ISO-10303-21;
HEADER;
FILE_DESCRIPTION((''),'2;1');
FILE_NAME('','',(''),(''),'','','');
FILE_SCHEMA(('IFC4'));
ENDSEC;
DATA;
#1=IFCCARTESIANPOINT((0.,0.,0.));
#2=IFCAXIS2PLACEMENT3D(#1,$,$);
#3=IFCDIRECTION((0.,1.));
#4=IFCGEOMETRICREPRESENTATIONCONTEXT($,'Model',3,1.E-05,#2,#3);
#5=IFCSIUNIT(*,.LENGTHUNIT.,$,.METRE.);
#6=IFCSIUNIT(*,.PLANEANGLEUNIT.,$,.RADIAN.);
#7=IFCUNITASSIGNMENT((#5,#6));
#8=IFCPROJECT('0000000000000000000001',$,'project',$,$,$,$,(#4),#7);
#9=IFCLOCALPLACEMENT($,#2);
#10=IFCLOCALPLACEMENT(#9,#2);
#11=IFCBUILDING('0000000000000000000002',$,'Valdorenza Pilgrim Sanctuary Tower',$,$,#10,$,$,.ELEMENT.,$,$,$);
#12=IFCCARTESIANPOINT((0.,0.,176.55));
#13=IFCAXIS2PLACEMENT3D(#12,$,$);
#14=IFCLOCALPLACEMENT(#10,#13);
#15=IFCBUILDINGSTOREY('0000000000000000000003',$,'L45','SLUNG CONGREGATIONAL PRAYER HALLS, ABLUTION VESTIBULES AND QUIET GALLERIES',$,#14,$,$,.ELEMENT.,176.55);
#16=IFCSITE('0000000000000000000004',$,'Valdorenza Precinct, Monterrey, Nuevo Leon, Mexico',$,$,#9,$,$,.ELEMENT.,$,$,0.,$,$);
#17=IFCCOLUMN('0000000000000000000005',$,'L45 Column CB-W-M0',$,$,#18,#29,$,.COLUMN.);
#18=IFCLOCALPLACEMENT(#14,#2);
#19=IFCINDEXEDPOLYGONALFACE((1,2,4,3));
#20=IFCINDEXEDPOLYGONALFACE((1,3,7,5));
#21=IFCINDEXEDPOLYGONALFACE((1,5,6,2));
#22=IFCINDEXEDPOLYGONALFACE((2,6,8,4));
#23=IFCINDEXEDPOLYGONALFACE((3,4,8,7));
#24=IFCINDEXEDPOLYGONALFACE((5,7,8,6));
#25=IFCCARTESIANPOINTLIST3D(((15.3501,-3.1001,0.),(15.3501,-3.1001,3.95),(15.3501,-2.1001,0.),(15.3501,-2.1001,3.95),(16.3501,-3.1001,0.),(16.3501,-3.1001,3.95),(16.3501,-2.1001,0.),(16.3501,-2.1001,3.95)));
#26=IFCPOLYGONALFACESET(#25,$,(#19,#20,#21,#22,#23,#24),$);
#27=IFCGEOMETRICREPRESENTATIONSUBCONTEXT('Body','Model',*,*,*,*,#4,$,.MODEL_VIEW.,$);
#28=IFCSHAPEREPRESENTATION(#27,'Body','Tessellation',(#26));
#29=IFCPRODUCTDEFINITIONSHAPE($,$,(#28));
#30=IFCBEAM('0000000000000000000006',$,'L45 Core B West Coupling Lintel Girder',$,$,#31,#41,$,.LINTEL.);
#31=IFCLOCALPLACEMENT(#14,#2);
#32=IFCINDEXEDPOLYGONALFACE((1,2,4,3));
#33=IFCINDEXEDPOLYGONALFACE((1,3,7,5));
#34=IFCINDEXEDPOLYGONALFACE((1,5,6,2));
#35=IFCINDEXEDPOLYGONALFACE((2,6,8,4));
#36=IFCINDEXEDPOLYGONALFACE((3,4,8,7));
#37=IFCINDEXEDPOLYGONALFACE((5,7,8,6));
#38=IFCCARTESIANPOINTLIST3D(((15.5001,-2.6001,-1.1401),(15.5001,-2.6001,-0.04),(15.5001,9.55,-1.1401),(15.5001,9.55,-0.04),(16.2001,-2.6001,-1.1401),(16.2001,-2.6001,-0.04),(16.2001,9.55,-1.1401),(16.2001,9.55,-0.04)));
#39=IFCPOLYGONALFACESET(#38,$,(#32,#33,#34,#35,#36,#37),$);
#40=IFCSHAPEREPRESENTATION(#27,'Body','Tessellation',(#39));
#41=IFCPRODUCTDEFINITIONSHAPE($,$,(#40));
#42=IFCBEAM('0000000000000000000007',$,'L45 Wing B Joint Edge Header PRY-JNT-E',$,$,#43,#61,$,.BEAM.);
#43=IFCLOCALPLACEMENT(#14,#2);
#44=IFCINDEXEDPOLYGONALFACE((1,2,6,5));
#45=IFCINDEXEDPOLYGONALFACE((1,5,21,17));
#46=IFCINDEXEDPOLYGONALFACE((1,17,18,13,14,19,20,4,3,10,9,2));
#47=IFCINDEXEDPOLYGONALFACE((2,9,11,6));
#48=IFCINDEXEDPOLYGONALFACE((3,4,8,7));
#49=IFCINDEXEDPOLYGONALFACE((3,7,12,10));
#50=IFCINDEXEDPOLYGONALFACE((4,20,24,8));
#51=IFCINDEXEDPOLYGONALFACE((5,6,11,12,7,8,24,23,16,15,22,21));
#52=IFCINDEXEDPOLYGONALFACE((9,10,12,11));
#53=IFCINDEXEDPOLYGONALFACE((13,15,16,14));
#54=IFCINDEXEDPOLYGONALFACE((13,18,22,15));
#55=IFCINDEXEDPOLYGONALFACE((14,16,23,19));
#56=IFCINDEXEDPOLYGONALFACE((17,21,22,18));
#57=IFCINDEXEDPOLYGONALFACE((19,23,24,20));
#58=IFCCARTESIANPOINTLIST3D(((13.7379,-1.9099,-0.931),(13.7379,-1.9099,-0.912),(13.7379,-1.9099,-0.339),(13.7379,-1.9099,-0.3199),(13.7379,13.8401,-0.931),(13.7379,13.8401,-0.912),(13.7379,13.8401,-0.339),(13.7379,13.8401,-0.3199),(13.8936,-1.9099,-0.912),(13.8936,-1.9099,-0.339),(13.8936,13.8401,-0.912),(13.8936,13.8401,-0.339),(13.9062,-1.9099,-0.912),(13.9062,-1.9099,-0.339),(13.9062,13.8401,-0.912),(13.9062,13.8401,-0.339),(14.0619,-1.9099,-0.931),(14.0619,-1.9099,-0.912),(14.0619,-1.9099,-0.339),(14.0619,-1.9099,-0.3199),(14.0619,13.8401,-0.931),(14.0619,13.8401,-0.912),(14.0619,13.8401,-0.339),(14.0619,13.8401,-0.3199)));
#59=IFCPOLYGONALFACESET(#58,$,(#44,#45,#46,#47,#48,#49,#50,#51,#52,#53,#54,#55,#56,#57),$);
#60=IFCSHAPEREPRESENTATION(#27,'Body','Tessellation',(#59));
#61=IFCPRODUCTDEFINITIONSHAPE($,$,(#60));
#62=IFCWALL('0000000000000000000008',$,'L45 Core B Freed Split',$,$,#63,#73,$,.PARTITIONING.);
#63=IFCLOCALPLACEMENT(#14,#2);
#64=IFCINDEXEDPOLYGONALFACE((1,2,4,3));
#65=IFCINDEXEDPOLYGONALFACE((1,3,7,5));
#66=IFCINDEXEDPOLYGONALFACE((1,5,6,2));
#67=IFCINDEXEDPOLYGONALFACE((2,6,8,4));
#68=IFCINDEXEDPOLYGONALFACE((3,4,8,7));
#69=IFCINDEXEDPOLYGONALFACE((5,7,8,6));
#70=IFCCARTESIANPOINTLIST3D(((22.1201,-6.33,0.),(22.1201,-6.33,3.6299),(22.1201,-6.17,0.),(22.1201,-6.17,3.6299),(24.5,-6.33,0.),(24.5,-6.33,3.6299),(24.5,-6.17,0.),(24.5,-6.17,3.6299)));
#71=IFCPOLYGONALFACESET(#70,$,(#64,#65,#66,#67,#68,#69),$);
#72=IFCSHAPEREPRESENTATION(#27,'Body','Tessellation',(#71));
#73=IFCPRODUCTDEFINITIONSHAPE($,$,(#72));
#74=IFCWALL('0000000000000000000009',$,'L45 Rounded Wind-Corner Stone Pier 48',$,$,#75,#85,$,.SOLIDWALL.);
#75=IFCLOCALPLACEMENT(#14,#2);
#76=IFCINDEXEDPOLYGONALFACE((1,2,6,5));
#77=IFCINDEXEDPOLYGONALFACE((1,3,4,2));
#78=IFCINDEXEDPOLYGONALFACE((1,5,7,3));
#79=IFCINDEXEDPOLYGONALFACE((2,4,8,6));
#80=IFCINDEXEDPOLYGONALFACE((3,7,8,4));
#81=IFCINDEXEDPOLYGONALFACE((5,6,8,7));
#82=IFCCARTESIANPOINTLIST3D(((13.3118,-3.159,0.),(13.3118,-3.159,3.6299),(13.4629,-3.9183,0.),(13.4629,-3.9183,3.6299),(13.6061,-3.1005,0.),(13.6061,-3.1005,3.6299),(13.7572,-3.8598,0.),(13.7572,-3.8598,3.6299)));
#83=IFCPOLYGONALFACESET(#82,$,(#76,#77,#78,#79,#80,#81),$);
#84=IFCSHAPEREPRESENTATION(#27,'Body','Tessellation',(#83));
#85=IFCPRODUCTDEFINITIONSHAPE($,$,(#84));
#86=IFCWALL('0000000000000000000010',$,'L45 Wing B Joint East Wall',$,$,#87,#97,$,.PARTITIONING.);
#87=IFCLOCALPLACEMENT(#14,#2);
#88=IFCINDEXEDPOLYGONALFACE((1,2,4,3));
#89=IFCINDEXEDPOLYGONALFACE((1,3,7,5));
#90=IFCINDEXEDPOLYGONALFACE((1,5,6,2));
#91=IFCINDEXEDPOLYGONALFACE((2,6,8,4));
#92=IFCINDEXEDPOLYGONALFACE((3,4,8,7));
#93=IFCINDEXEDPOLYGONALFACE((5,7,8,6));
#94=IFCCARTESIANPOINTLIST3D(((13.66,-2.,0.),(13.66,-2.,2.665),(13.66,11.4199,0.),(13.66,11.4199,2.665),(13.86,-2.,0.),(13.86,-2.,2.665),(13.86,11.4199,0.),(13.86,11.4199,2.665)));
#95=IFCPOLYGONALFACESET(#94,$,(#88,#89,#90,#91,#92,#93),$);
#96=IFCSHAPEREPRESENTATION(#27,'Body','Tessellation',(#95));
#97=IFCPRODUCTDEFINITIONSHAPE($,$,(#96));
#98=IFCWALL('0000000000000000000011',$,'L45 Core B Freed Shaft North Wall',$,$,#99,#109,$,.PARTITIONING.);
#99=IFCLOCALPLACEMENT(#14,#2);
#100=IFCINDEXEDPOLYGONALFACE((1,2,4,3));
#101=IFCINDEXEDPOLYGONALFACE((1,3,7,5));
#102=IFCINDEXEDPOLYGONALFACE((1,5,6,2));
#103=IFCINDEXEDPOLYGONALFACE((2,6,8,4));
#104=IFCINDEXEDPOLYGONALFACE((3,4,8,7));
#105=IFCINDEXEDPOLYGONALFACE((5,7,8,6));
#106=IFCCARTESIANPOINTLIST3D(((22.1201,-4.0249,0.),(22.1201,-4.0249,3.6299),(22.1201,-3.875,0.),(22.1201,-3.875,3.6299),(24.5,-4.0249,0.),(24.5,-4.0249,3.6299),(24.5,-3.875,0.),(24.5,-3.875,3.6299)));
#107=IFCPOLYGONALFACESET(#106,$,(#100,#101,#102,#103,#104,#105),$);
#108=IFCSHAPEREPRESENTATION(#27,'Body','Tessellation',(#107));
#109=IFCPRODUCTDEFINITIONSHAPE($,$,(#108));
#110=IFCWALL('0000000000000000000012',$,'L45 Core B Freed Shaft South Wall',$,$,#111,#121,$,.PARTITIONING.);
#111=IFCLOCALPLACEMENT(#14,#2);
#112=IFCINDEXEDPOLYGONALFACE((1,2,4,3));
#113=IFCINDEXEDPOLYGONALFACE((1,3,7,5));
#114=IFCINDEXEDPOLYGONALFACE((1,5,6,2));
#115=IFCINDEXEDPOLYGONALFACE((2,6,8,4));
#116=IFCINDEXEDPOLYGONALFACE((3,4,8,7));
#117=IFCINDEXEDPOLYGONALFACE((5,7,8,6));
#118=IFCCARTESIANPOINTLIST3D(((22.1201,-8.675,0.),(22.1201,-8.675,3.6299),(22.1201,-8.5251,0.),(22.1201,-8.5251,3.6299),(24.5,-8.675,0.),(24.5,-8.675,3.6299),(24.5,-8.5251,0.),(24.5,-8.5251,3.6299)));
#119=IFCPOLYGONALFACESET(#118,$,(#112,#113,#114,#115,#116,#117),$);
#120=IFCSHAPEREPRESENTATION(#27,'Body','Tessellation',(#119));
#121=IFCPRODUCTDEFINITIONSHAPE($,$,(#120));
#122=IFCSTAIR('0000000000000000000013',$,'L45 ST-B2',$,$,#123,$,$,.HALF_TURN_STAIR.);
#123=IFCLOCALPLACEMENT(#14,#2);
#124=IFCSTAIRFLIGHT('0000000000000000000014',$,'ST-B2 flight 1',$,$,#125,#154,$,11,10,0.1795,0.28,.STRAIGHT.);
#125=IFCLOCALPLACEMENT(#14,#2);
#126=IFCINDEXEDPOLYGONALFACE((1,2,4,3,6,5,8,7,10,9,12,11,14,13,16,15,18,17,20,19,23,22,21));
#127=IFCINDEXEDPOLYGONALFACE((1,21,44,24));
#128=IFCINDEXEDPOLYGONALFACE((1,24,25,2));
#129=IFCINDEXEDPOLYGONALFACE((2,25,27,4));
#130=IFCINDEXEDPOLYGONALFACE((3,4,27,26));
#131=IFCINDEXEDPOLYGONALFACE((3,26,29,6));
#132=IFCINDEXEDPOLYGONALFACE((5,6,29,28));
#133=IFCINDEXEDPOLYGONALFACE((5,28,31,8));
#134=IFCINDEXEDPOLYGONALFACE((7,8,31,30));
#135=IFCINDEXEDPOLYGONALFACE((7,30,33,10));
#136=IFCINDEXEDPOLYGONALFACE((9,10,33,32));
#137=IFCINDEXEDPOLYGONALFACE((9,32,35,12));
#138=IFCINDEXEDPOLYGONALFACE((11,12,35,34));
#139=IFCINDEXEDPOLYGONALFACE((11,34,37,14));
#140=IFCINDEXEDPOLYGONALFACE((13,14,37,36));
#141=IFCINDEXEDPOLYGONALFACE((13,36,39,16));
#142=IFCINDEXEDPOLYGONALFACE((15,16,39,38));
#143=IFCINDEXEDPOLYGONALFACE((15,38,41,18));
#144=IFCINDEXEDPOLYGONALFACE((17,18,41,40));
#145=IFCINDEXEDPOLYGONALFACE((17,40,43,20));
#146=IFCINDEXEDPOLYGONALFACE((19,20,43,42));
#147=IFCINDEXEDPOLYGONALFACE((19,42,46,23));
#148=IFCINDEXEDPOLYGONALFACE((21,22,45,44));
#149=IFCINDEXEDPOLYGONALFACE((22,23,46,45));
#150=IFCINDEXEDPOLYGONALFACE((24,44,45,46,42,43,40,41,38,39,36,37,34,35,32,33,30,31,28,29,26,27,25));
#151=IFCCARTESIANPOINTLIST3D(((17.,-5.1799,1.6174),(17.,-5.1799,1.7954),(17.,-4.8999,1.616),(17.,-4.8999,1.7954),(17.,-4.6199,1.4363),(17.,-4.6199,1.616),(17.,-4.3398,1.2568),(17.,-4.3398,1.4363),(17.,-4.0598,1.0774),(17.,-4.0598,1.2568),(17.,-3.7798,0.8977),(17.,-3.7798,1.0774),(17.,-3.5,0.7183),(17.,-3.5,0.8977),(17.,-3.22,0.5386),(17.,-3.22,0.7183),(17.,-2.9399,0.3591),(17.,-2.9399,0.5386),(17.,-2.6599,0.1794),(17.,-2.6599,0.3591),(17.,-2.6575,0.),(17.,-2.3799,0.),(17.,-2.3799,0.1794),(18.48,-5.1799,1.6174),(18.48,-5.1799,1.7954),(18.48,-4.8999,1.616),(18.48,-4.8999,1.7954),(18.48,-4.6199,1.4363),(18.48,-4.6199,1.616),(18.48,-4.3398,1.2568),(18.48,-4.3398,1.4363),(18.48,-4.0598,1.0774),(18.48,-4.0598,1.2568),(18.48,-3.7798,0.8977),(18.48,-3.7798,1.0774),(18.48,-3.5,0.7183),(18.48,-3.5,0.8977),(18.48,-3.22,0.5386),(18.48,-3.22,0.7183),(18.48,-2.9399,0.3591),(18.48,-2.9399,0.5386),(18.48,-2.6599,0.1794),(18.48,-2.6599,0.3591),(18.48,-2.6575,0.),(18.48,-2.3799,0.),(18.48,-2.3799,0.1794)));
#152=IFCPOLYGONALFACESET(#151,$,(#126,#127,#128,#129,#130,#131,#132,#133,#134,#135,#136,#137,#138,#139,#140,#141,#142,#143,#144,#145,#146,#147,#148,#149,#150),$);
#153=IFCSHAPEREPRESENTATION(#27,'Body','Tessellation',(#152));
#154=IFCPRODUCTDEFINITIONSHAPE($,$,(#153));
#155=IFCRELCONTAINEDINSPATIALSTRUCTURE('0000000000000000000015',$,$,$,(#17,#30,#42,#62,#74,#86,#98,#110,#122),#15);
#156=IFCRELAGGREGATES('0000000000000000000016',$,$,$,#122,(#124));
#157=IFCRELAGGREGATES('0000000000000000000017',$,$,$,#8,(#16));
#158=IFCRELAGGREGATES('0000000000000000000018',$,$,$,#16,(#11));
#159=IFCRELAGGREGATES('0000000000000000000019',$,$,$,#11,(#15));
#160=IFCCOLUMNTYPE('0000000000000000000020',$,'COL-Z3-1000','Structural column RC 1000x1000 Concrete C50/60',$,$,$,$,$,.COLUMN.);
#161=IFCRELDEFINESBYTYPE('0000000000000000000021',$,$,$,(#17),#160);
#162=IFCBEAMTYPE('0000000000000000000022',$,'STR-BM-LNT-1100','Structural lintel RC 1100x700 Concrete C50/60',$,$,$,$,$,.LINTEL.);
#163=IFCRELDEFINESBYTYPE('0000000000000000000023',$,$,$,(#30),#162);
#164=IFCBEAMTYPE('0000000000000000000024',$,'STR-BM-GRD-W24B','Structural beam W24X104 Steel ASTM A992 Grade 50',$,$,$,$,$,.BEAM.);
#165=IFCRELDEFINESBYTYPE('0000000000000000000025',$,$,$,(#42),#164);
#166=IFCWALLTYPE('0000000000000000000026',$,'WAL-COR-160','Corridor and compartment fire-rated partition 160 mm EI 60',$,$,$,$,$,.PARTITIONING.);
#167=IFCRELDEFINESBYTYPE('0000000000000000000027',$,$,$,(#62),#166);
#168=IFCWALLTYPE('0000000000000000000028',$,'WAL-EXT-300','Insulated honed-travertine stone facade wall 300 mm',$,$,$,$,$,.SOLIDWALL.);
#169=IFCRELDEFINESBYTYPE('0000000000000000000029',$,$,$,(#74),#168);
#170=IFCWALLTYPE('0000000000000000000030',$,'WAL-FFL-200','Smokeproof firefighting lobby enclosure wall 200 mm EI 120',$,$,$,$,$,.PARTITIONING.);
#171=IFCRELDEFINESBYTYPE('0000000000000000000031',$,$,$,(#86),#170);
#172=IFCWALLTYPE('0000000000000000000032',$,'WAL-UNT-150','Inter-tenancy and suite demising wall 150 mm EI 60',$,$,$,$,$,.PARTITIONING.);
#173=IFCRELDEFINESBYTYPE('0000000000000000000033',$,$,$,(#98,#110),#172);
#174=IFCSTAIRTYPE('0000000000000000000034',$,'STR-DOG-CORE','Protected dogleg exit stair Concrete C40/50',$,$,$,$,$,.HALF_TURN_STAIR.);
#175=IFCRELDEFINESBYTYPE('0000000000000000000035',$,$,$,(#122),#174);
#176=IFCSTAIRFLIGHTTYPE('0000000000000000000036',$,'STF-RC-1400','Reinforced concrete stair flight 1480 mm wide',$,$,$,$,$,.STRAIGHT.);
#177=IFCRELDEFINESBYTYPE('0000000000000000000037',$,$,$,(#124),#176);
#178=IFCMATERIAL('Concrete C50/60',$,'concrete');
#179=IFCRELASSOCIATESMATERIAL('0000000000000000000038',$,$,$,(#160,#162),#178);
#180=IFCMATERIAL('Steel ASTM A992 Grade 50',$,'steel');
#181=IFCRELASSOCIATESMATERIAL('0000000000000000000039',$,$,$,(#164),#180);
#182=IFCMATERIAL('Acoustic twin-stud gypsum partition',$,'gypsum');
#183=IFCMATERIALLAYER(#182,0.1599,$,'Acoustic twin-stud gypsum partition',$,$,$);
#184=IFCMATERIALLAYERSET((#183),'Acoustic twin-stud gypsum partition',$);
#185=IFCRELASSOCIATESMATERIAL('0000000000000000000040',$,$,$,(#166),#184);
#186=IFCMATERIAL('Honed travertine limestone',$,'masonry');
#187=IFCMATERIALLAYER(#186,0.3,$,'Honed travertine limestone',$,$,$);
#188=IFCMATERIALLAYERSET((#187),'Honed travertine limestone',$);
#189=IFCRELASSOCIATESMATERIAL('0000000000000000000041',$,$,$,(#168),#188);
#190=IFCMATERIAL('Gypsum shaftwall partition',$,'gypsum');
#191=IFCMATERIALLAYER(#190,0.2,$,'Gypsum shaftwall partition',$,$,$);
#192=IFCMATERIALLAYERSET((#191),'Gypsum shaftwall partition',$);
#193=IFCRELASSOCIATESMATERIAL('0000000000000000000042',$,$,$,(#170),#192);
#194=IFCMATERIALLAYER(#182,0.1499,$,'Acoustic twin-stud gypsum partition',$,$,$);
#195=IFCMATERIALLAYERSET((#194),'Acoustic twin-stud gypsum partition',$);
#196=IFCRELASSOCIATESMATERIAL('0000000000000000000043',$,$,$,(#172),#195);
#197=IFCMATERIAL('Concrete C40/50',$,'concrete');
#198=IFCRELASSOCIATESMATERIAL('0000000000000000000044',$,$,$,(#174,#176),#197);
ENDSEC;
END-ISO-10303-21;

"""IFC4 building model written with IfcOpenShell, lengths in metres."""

from ifc_helpers import new_model, si_unit, direction, frame, frame_2d, origin, origin_2d, place, context, subcontext, project, spatial, polyline, rectangle, i_section, outline, extrude, source, transform, mapped, material, layer, layer_set, material_profile, profile_set, type_object, element, aggregate, save


model = new_model("IFC4")

# Units and contexts
model_context = context("Model", 3, precision=1e-05, world=origin(), true_north=direction((0.0, 1.0)))
body_context = subcontext(model_context, "Body", "Model", "MODEL_VIEW")
ifc_project = project(units=[si_unit("LENGTHUNIT", "METRE"), si_unit("PLANEANGLEUNIT", "RADIAN")], contexts=[model_context])

# Site, building, storey
site_placement = place(None, origin())
site = spatial("IfcSite", under=ifc_project, at=site_placement, Name="Valdorenza Precinct, Monterrey, Nuevo Leon, Mexico", CompositionType="ELEMENT", RefElevation=0.0)
building_placement = place(site_placement, origin())
building = spatial("IfcBuilding", under=site, at=building_placement, Name="Valdorenza Pilgrim Sanctuary Tower", CompositionType="ELEMENT")
storey_placement = place(building_placement, frame((0.0, 0.0, 176.55)))
storey = spatial("IfcBuildingStorey", under=building, at=storey_placement, Name="L45", Description="SLUNG CONGREGATIONAL PRAYER HALLS, ABLUTION VESTIBULES AND QUIET GALLERIES", CompositionType="ELEMENT", Elevation=176.55)

# Column
ifc_material_1 = material(Name="Concrete C50/60", Category="concrete")
ifc_material_profile_1 = material_profile(ifc_material_1, rectangle(XDim=1.0, YDim=1.0, at=origin_2d()), Name="RC 1000x1000")
ifc_profile_set_1 = profile_set([ifc_material_profile_1], Name="Concrete C50/60")
column_type = type_object("IfcColumnType", Name="COL-Z3-1000", Description="Structural column RC 1000x1000 Concrete C50/60", PredefinedType="COLUMN", material=ifc_profile_set_1)
shared_shape_1 = source(origin(), body_context, "Body", "SweptSolid", [
    extrude(rectangle(XDim=1.0, YDim=1.0, at=origin_2d()), origin(), (0.0, 0.0, 1.0), 3.95),
])
column_placement = place(storey_placement, frame((15.8501, -2.6001, 0.0), z_axis=(0.0, 0.0, 1.0), x_axis=(1.0, 0.0, 0.0)))
element("IfcColumn", 1, at=column_placement, inside=storey, type_object=column_type, Name="L45 Column CB-W-M0", PredefinedType="COLUMN", context=body_context, shape_type="MappedRepresentation", body=[
    mapped(shared_shape_1, transform((0.0, 0.0, 0.0), x_axis=(1.0, 0.0, 0.0), y_axis=(0.0, 1.0, 0.0), z_axis=(0.0, 0.0, 1.0), scale=1.0)),
])

# Beams
ifc_material_profile_2 = material_profile(ifc_material_1, rectangle(XDim=0.7, YDim=1.1001, at=origin_2d()), Name="RC 1100x700")
ifc_profile_set_2 = profile_set([ifc_material_profile_2], Name="Concrete C50/60")
beam_type_1 = type_object("IfcBeamType", Name="STR-BM-LNT-1100", Description="Structural lintel RC 1100x700 Concrete C50/60", PredefinedType="LINTEL", material=ifc_profile_set_2)
shared_shape_2 = source(origin(), body_context, "Body", "SweptSolid", [
    extrude(rectangle(XDim=0.7, YDim=1.1001, at=origin_2d()), origin(), (0.0, 0.0, 1.0), 12.1501),
])
beam_1_placement = place(storey_placement, frame((15.8501, -2.6001, -0.5901), z_axis=(0.0, 1.0, 0.0), x_axis=(-1.0, 0.0, 0.0)))
element("IfcBeam", 2, at=beam_1_placement, inside=storey, type_object=beam_type_1, Name="L45 Core B West Coupling Lintel Girder", PredefinedType="LINTEL", context=body_context, shape_type="MappedRepresentation", body=[
    mapped(shared_shape_2, transform((0.0, 0.0, 0.0), x_axis=(1.0, 0.0, 0.0), y_axis=(0.0, 1.0, 0.0), z_axis=(0.0, 0.0, 1.0), scale=1.0)),
])
ifc_material_2 = material(Name="Steel ASTM A992 Grade 50", Category="steel")
ifc_material_profile_3 = material_profile(ifc_material_2, i_section(OverallWidth=0.324, OverallDepth=0.6111, WebThickness=0.0127, FlangeThickness=0.019, at=origin_2d()), Name="W24X104")
ifc_profile_set_3 = profile_set([ifc_material_profile_3], Name="Steel ASTM A992 Grade 50")
beam_type_2 = type_object("IfcBeamType", Name="STR-BM-GRD-W24B", Description="Structural beam W24X104 Steel ASTM A992 Grade 50", PredefinedType="BEAM", material=ifc_profile_set_3)
shared_shape_3 = source(origin(), body_context, "Body", "SweptSolid", [
    extrude(i_section(OverallWidth=0.324, OverallDepth=0.6111, WebThickness=0.0127, FlangeThickness=0.019, at=origin_2d()), origin(), (0.0, 0.0, 1.0), 15.75),
])
beam_2_placement = place(storey_placement, frame((13.8999, -1.9099, -0.6255), z_axis=(0.0, 1.0, 0.0), x_axis=(-1.0, 0.0, 0.0)))
element("IfcBeam", 3, at=beam_2_placement, inside=storey, type_object=beam_type_2, Name="L45 Wing B Joint Edge Header PRY-JNT-E", PredefinedType="BEAM", context=body_context, shape_type="MappedRepresentation", body=[
    mapped(shared_shape_3, transform((0.0, 0.0, 0.0), x_axis=(1.0, 0.0, 0.0), y_axis=(0.0, 1.0, 0.0), z_axis=(0.0, 0.0, 1.0), scale=1.0)),
])

# Walls
ifc_material_3 = material(Name="Acoustic twin-stud gypsum partition", Category="gypsum")
ifc_layer_1 = layer(ifc_material_3, 0.1599, Name="Acoustic twin-stud gypsum partition")
ifc_layer_set_1 = layer_set([ifc_layer_1], Name="Acoustic twin-stud gypsum partition")
wall_type_1 = type_object("IfcWallType", Name="WAL-COR-160", Description="Corridor and compartment fire-rated partition 160 mm EI 60", PredefinedType="PARTITIONING", material=ifc_layer_set_1)
wall_1_placement = place(storey_placement, frame((22.1201, -6.25, 0.0), z_axis=(0.0, 0.0, 1.0), x_axis=(1.0, 0.0, 0.0)))
element("IfcWall", 4, at=wall_1_placement, inside=storey, type_object=wall_type_1, Name="L45 Core B Freed Split", PredefinedType="PARTITIONING", context=body_context, shape_type="SweptSolid", body=[
    extrude(rectangle(XDim=2.3799, YDim=0.1599, at=frame_2d((1.1899, 0.0))), origin(), (0.0, 0.0, 1.0), 3.6299),
])
ifc_material_4 = material(Name="Honed travertine limestone", Category="masonry")
ifc_layer_2 = layer(ifc_material_4, 0.3, Name="Honed travertine limestone")
ifc_layer_set_2 = layer_set([ifc_layer_2], Name="Honed travertine limestone")
wall_type_2 = type_object("IfcWallType", Name="WAL-EXT-300", Description="Insulated honed-travertine stone facade wall 300 mm", PredefinedType="SOLIDWALL", material=ifc_layer_set_2)
wall_2_placement = place(storey_placement, frame((13.6101, -3.8892, 0.0), z_axis=(0.0, 0.0, 1.0), x_axis=(-0.195206, 0.980762, 0.0)))
element("IfcWall", 5, at=wall_2_placement, inside=storey, type_object=wall_type_2, Name="L45 Rounded Wind-Corner Stone Pier 48", PredefinedType="SOLIDWALL", context=body_context, shape_type="SweptSolid", body=[
    extrude(rectangle(XDim=0.7742, YDim=0.3, at=frame_2d((0.3872, 0.0))), origin(), (0.0, 0.0, 1.0), 3.6299),
])

# Shared definitions
ifc_material_5 = material(Name="Gypsum shaftwall partition", Category="gypsum")
ifc_layer_3 = layer(ifc_material_5, 0.2, Name="Gypsum shaftwall partition")
ifc_layer_set_3 = layer_set([ifc_layer_3], Name="Gypsum shaftwall partition")
wall_type_3 = type_object("IfcWallType", Name="WAL-FFL-200", Description="Smokeproof firefighting lobby enclosure wall 200 mm EI 120", PredefinedType="PARTITIONING", material=ifc_layer_set_3)

# Wall
wall_3_placement = place(storey_placement, frame((13.76, -2.0, 0.0), z_axis=(0.0, 0.0, 1.0), x_axis=(0.0, 1.0, 0.0)))
element("IfcWall", 6, at=wall_3_placement, inside=storey, type_object=wall_type_3, Name="L45 Wing B Joint East Wall", PredefinedType="PARTITIONING", context=body_context, shape_type="SweptSolid", body=[
    extrude(rectangle(XDim=13.4199, YDim=0.2, at=frame_2d((6.71, 0.0))), origin(), (0.0, 0.0, 1.0), 2.665),
])

# Shared definitions
ifc_material_6 = material(Name="Concrete C40/50", Category="concrete")

# Walls
ifc_layer_4 = layer(ifc_material_3, 0.1499, Name="Acoustic twin-stud gypsum partition")
ifc_layer_set_4 = layer_set([ifc_layer_4], Name="Acoustic twin-stud gypsum partition")
wall_type_4 = type_object("IfcWallType", Name="WAL-UNT-150", Description="Inter-tenancy and suite demising wall 150 mm EI 60", PredefinedType="PARTITIONING", material=ifc_layer_set_4)
for number, where, z_axis, x_axis, name in (
    (7, (22.1201, -3.95, 0.0), (0.0, 0.0, 1.0), (1.0, 0.0, 0.0), "L45 Core B Freed Shaft North Wall"),
    (8, (22.1201, -8.6001, 0.0), (0.0, 0.0, 1.0), (1.0, 0.0, 0.0), "L45 Core B Freed Shaft South Wall"),
):
    element("IfcWall", number, at=place(storey_placement, frame(where, z_axis=z_axis, x_axis=x_axis)), inside=storey, type_object=wall_type_4, Name=name, PredefinedType="PARTITIONING", context=body_context, shape_type="SweptSolid", body=[
        extrude(rectangle(XDim=2.3799, YDim=0.1499, at=frame_2d((1.1899, 0.0))), origin(), (0.0, 0.0, 1.0), 3.6299),
    ])

# Stair, stair flight
stair_type = type_object("IfcStairType", Name="STR-DOG-CORE", Description="Protected dogleg exit stair Concrete C40/50", PredefinedType="HALF_TURN_STAIR", material=ifc_material_6)
stair_placement = place(storey_placement, origin())
stair = element("IfcStair", 9, at=stair_placement, inside=storey, type_object=stair_type, Name="L45 ST-B2", PredefinedType="HALF_TURN_STAIR")
stair_flight_type = type_object("IfcStairFlightType", Name="STF-RC-1400", Description="Reinforced concrete stair flight 1480 mm wide", PredefinedType="STRAIGHT", material=ifc_material_6)
stair_flight_1_placement = place(storey_placement, frame((17.74, -2.3799, 0.0), z_axis=(0.0, 0.0, 1.0), x_axis=(0.0, -1.0, 0.0)))
stair_flight_1 = element("IfcStairFlight", 10, at=stair_flight_1_placement, type_object=stair_flight_type, Name="ST-B2 flight 1", NumberOfRisers=11, NumberOfTreads=10, PredefinedType="STRAIGHT", RiserHeight=0.1795, TreadLength=0.28, context=body_context, shape_type="SweptSolid", body=[
    extrude(outline(polyline([(0.0, 0.0), (0.0, 0.1794), (0.28, 0.1794), (0.28, 0.3591), (0.5601, 0.3591), (0.5601, 0.5386), (0.8401, 0.5386), (0.8401, 0.7183), (1.1201, 0.7183), (1.1201, 0.8977), (1.3999, 0.8977), (1.3999, 1.0774), (1.6799, 1.0774), (1.6799, 1.2568), (1.96, 1.2568), (1.96, 1.4363), (2.24, 1.4363), (2.24, 1.616), (2.52, 1.616), (2.52, 1.7954), (2.8, 1.7954), (2.8, 1.9751), (2.8, 1.6174), (0.2776, 0.0), (0.0, 0.0)])), frame((0.0, 0.74, 0.0), z_axis=(0.0, -1.0, 0.0), x_axis=(1.0, 0.0, 0.0)), (0.0, 0.0, 1.0), 1.48),
])
aggregate(stair, [stair_flight_1])

save(model, "model.ifc")
